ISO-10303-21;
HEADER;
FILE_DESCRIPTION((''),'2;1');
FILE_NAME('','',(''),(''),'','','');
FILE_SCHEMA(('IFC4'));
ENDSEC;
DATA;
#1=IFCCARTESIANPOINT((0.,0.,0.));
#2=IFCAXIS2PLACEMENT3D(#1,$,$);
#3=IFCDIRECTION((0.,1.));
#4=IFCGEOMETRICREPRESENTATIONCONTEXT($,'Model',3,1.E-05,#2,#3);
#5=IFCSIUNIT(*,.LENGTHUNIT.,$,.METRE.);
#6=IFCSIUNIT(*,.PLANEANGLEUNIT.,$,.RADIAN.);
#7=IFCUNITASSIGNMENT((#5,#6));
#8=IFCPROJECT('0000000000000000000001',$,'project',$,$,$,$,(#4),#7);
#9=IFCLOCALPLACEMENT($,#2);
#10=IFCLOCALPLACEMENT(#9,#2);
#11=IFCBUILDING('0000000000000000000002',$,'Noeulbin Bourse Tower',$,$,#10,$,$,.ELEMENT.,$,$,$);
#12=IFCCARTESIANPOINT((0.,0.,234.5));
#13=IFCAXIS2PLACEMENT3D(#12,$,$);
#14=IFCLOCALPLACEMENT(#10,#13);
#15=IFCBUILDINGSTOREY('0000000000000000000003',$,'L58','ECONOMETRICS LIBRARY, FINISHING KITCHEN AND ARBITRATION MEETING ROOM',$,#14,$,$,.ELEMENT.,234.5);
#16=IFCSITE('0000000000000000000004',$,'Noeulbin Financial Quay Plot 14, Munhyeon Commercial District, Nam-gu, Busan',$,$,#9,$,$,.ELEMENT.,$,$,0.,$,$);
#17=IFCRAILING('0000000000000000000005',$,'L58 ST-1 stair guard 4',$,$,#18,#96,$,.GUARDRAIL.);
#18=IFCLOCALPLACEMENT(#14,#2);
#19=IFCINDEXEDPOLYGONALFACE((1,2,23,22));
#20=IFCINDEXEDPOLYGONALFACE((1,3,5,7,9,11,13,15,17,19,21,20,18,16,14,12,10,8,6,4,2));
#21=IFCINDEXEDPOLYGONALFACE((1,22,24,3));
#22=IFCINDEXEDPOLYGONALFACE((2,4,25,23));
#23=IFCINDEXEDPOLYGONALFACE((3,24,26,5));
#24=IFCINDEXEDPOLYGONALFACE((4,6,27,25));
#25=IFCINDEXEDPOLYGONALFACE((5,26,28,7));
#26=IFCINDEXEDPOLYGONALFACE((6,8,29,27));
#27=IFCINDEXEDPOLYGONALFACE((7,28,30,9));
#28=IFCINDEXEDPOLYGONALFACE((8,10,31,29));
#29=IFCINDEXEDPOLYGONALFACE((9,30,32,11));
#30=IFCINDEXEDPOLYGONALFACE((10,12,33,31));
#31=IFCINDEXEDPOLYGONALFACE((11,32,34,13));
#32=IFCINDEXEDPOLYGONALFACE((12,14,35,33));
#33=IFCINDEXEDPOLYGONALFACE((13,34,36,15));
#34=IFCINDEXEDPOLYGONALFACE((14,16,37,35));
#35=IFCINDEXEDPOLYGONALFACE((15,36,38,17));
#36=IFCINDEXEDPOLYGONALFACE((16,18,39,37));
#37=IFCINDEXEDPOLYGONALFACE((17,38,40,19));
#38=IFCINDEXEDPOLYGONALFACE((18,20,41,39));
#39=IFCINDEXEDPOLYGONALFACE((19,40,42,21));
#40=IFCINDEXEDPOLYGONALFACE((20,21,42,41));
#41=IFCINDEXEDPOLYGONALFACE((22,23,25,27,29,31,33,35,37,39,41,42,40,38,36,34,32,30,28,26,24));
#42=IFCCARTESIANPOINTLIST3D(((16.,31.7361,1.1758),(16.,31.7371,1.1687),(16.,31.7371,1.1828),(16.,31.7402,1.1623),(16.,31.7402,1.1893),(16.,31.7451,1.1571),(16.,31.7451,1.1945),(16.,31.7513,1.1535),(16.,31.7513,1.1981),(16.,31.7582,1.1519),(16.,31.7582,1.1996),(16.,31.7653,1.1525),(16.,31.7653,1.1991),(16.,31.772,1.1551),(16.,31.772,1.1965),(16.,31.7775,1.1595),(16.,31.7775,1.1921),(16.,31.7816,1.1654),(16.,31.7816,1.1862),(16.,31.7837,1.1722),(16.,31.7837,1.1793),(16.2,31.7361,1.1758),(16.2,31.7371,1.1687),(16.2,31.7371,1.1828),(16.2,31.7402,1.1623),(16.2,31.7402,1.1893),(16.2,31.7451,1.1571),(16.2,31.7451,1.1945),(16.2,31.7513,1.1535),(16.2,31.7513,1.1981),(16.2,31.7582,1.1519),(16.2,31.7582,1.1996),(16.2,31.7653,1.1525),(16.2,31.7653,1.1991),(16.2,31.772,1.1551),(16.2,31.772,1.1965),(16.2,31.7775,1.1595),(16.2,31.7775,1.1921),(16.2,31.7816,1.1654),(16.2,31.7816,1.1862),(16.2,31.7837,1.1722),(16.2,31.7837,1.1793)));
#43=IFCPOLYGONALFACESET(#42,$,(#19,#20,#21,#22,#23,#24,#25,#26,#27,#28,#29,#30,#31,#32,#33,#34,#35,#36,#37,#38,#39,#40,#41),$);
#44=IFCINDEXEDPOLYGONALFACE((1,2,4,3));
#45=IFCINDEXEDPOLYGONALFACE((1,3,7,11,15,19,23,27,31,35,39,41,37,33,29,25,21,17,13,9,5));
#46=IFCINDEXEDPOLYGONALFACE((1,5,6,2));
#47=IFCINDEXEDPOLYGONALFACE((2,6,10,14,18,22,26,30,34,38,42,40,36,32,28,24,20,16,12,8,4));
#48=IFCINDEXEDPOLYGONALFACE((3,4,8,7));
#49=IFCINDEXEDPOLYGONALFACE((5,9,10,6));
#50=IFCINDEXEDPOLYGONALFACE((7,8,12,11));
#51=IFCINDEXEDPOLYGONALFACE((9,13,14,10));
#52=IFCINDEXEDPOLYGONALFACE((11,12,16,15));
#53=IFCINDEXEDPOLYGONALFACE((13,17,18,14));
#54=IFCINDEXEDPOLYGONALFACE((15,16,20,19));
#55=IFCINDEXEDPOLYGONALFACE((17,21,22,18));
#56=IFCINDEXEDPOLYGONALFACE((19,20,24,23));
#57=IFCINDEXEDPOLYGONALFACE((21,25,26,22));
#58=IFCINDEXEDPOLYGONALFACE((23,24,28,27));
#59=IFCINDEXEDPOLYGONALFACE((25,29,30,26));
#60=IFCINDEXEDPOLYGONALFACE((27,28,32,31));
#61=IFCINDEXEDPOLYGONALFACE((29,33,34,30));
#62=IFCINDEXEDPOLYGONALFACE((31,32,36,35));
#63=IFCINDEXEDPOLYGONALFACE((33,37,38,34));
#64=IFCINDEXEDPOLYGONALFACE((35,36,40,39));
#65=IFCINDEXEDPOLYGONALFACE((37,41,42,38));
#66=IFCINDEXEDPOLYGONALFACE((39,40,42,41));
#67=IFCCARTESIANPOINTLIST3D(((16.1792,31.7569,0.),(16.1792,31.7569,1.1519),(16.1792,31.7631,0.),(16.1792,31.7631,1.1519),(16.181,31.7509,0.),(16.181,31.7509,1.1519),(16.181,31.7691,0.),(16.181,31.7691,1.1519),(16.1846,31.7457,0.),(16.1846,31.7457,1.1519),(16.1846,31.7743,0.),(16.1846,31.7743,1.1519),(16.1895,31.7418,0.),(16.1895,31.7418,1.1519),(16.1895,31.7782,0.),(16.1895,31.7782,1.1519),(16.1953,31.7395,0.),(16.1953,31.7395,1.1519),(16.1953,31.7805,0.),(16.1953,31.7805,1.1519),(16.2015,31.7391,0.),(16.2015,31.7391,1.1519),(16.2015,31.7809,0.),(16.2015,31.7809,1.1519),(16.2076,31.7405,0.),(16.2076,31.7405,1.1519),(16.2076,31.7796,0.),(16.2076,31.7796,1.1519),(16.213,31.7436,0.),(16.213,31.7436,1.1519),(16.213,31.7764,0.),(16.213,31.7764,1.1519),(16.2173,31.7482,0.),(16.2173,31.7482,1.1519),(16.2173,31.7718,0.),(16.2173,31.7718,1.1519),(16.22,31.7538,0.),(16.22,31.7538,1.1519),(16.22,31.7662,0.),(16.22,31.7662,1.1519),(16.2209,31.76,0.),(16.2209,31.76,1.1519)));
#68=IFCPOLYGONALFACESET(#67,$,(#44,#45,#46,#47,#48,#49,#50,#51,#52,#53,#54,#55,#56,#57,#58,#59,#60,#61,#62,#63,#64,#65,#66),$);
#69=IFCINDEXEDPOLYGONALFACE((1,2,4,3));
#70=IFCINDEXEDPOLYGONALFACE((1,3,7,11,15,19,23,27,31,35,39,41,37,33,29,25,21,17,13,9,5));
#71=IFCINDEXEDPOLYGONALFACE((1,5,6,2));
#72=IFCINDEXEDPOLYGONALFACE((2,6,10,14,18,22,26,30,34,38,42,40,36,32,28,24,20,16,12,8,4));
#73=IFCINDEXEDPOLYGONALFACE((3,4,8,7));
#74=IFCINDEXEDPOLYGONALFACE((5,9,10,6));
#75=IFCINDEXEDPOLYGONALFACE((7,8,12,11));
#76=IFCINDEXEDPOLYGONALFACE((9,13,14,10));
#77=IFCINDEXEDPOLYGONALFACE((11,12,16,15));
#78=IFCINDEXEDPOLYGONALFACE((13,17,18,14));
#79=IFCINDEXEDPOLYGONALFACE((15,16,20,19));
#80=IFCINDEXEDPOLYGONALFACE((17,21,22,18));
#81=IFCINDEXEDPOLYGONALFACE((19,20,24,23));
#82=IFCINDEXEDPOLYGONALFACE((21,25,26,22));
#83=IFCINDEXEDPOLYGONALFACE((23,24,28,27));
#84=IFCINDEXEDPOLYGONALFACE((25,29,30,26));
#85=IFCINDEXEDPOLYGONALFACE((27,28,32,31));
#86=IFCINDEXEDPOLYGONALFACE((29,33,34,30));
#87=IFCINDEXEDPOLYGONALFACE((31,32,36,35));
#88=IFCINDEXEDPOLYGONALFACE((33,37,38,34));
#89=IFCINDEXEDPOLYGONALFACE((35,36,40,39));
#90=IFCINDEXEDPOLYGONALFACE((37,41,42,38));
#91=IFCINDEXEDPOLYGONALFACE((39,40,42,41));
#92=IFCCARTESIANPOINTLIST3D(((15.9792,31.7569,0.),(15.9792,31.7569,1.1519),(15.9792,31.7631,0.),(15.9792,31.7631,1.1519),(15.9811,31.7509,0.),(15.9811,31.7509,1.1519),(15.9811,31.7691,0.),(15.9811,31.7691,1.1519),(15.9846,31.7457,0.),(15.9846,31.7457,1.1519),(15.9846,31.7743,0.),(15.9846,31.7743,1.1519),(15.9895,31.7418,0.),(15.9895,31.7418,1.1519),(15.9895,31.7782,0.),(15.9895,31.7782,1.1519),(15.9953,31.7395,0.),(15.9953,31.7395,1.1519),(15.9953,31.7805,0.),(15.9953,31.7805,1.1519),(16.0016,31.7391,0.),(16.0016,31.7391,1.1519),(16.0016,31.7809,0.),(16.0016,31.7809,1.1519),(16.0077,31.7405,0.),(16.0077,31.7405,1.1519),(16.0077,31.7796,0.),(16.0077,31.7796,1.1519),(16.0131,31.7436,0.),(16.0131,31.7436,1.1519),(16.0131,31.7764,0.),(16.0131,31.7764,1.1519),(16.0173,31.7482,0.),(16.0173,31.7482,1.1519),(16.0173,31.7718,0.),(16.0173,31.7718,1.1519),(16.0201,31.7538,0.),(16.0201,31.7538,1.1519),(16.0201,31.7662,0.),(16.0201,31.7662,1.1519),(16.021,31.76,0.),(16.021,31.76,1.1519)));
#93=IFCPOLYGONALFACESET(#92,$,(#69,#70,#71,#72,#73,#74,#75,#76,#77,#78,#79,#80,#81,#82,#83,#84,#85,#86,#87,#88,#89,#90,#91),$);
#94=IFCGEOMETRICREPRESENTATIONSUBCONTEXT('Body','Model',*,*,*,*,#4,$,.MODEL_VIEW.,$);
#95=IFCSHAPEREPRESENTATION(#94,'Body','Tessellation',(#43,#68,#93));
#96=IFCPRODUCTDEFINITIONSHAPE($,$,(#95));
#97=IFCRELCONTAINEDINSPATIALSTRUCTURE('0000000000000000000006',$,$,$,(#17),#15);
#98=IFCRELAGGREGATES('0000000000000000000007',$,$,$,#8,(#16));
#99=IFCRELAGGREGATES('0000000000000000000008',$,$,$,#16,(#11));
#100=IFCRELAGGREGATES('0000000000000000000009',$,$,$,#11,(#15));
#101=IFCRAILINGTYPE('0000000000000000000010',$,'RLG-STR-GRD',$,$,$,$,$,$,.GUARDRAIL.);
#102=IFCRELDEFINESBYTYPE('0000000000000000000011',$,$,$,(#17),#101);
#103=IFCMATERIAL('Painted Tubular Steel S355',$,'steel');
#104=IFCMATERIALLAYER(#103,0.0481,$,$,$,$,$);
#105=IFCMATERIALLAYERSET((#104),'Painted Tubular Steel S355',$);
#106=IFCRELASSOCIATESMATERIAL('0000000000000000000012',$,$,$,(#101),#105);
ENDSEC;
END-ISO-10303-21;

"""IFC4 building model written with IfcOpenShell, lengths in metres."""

from ifc_helpers import new_model, si_unit, direction, frame, origin, origin_2d, place, context, subcontext, project, spatial, circle, extrude, material, layer, layer_set, type_object, element, save


model = new_model("IFC4")

# Units and contexts
model_context = context("Model", 3, precision=1e-05, world=origin(), true_north=direction((0.0, 1.0)))
body_context = subcontext(model_context, "Body", "Model", "MODEL_VIEW")
ifc_project = project(units=[si_unit("LENGTHUNIT", "METRE"), si_unit("PLANEANGLEUNIT", "RADIAN")], contexts=[model_context])

# Site, building, storey
site_placement = place(None, origin())
site = spatial("IfcSite", under=ifc_project, at=site_placement, Name="Noeulbin Financial Quay Plot 14, Munhyeon Commercial District, Nam-gu, Busan", CompositionType="ELEMENT", RefElevation=0.0)
building_placement = place(site_placement, origin())
building = spatial("IfcBuilding", under=site, at=building_placement, Name="Noeulbin Bourse Tower", CompositionType="ELEMENT")
storey_placement = place(building_placement, frame((0.0, 0.0, 234.5)))
storey = spatial("IfcBuildingStorey", under=building, at=storey_placement, Name="L58", Description="ECONOMETRICS LIBRARY, FINISHING KITCHEN AND ARBITRATION MEETING ROOM", CompositionType="ELEMENT", Elevation=234.5)

# Railing
ifc_material_1 = material(Name="Painted Tubular Steel S355", Category="steel")
ifc_layer_1 = layer(ifc_material_1, 0.0481)
ifc_layer_set_1 = layer_set([ifc_layer_1], Name="Painted Tubular Steel S355")
railing_type_1 = type_object("IfcRailingType", Name="RLG-STR-GRD", PredefinedType="GUARDRAIL", material=ifc_layer_set_1)
railing_1_placement = place(storey_placement, frame((16.2, 31.76, 0.0)))
element("IfcRailing", 1, at=railing_1_placement, inside=storey, type_object=railing_type_1, Name="L58 ST-1 stair guard 4", PredefinedType="GUARDRAIL", context=body_context, shape_type="SweptSolid", body=[
    extrude(circle(Radius=0.0239, at=origin_2d()), frame((0.0, 0.0, 1.1758), z_axis=(-1.0, 0.0, 0.0), x_axis=(0.0, -1.0, 0.0)), (0.0, 0.0, 1.0), 0.2),
    extrude(circle(Radius=0.021, at=origin_2d()), origin(), (0.0, 0.0, 1.0), 1.1519),
    extrude(circle(Radius=0.021, at=origin_2d()), frame((-0.2, 0.0, 0.0)), (0.0, 0.0, 1.0), 1.1519),
])

save(model, "model.ifc")
